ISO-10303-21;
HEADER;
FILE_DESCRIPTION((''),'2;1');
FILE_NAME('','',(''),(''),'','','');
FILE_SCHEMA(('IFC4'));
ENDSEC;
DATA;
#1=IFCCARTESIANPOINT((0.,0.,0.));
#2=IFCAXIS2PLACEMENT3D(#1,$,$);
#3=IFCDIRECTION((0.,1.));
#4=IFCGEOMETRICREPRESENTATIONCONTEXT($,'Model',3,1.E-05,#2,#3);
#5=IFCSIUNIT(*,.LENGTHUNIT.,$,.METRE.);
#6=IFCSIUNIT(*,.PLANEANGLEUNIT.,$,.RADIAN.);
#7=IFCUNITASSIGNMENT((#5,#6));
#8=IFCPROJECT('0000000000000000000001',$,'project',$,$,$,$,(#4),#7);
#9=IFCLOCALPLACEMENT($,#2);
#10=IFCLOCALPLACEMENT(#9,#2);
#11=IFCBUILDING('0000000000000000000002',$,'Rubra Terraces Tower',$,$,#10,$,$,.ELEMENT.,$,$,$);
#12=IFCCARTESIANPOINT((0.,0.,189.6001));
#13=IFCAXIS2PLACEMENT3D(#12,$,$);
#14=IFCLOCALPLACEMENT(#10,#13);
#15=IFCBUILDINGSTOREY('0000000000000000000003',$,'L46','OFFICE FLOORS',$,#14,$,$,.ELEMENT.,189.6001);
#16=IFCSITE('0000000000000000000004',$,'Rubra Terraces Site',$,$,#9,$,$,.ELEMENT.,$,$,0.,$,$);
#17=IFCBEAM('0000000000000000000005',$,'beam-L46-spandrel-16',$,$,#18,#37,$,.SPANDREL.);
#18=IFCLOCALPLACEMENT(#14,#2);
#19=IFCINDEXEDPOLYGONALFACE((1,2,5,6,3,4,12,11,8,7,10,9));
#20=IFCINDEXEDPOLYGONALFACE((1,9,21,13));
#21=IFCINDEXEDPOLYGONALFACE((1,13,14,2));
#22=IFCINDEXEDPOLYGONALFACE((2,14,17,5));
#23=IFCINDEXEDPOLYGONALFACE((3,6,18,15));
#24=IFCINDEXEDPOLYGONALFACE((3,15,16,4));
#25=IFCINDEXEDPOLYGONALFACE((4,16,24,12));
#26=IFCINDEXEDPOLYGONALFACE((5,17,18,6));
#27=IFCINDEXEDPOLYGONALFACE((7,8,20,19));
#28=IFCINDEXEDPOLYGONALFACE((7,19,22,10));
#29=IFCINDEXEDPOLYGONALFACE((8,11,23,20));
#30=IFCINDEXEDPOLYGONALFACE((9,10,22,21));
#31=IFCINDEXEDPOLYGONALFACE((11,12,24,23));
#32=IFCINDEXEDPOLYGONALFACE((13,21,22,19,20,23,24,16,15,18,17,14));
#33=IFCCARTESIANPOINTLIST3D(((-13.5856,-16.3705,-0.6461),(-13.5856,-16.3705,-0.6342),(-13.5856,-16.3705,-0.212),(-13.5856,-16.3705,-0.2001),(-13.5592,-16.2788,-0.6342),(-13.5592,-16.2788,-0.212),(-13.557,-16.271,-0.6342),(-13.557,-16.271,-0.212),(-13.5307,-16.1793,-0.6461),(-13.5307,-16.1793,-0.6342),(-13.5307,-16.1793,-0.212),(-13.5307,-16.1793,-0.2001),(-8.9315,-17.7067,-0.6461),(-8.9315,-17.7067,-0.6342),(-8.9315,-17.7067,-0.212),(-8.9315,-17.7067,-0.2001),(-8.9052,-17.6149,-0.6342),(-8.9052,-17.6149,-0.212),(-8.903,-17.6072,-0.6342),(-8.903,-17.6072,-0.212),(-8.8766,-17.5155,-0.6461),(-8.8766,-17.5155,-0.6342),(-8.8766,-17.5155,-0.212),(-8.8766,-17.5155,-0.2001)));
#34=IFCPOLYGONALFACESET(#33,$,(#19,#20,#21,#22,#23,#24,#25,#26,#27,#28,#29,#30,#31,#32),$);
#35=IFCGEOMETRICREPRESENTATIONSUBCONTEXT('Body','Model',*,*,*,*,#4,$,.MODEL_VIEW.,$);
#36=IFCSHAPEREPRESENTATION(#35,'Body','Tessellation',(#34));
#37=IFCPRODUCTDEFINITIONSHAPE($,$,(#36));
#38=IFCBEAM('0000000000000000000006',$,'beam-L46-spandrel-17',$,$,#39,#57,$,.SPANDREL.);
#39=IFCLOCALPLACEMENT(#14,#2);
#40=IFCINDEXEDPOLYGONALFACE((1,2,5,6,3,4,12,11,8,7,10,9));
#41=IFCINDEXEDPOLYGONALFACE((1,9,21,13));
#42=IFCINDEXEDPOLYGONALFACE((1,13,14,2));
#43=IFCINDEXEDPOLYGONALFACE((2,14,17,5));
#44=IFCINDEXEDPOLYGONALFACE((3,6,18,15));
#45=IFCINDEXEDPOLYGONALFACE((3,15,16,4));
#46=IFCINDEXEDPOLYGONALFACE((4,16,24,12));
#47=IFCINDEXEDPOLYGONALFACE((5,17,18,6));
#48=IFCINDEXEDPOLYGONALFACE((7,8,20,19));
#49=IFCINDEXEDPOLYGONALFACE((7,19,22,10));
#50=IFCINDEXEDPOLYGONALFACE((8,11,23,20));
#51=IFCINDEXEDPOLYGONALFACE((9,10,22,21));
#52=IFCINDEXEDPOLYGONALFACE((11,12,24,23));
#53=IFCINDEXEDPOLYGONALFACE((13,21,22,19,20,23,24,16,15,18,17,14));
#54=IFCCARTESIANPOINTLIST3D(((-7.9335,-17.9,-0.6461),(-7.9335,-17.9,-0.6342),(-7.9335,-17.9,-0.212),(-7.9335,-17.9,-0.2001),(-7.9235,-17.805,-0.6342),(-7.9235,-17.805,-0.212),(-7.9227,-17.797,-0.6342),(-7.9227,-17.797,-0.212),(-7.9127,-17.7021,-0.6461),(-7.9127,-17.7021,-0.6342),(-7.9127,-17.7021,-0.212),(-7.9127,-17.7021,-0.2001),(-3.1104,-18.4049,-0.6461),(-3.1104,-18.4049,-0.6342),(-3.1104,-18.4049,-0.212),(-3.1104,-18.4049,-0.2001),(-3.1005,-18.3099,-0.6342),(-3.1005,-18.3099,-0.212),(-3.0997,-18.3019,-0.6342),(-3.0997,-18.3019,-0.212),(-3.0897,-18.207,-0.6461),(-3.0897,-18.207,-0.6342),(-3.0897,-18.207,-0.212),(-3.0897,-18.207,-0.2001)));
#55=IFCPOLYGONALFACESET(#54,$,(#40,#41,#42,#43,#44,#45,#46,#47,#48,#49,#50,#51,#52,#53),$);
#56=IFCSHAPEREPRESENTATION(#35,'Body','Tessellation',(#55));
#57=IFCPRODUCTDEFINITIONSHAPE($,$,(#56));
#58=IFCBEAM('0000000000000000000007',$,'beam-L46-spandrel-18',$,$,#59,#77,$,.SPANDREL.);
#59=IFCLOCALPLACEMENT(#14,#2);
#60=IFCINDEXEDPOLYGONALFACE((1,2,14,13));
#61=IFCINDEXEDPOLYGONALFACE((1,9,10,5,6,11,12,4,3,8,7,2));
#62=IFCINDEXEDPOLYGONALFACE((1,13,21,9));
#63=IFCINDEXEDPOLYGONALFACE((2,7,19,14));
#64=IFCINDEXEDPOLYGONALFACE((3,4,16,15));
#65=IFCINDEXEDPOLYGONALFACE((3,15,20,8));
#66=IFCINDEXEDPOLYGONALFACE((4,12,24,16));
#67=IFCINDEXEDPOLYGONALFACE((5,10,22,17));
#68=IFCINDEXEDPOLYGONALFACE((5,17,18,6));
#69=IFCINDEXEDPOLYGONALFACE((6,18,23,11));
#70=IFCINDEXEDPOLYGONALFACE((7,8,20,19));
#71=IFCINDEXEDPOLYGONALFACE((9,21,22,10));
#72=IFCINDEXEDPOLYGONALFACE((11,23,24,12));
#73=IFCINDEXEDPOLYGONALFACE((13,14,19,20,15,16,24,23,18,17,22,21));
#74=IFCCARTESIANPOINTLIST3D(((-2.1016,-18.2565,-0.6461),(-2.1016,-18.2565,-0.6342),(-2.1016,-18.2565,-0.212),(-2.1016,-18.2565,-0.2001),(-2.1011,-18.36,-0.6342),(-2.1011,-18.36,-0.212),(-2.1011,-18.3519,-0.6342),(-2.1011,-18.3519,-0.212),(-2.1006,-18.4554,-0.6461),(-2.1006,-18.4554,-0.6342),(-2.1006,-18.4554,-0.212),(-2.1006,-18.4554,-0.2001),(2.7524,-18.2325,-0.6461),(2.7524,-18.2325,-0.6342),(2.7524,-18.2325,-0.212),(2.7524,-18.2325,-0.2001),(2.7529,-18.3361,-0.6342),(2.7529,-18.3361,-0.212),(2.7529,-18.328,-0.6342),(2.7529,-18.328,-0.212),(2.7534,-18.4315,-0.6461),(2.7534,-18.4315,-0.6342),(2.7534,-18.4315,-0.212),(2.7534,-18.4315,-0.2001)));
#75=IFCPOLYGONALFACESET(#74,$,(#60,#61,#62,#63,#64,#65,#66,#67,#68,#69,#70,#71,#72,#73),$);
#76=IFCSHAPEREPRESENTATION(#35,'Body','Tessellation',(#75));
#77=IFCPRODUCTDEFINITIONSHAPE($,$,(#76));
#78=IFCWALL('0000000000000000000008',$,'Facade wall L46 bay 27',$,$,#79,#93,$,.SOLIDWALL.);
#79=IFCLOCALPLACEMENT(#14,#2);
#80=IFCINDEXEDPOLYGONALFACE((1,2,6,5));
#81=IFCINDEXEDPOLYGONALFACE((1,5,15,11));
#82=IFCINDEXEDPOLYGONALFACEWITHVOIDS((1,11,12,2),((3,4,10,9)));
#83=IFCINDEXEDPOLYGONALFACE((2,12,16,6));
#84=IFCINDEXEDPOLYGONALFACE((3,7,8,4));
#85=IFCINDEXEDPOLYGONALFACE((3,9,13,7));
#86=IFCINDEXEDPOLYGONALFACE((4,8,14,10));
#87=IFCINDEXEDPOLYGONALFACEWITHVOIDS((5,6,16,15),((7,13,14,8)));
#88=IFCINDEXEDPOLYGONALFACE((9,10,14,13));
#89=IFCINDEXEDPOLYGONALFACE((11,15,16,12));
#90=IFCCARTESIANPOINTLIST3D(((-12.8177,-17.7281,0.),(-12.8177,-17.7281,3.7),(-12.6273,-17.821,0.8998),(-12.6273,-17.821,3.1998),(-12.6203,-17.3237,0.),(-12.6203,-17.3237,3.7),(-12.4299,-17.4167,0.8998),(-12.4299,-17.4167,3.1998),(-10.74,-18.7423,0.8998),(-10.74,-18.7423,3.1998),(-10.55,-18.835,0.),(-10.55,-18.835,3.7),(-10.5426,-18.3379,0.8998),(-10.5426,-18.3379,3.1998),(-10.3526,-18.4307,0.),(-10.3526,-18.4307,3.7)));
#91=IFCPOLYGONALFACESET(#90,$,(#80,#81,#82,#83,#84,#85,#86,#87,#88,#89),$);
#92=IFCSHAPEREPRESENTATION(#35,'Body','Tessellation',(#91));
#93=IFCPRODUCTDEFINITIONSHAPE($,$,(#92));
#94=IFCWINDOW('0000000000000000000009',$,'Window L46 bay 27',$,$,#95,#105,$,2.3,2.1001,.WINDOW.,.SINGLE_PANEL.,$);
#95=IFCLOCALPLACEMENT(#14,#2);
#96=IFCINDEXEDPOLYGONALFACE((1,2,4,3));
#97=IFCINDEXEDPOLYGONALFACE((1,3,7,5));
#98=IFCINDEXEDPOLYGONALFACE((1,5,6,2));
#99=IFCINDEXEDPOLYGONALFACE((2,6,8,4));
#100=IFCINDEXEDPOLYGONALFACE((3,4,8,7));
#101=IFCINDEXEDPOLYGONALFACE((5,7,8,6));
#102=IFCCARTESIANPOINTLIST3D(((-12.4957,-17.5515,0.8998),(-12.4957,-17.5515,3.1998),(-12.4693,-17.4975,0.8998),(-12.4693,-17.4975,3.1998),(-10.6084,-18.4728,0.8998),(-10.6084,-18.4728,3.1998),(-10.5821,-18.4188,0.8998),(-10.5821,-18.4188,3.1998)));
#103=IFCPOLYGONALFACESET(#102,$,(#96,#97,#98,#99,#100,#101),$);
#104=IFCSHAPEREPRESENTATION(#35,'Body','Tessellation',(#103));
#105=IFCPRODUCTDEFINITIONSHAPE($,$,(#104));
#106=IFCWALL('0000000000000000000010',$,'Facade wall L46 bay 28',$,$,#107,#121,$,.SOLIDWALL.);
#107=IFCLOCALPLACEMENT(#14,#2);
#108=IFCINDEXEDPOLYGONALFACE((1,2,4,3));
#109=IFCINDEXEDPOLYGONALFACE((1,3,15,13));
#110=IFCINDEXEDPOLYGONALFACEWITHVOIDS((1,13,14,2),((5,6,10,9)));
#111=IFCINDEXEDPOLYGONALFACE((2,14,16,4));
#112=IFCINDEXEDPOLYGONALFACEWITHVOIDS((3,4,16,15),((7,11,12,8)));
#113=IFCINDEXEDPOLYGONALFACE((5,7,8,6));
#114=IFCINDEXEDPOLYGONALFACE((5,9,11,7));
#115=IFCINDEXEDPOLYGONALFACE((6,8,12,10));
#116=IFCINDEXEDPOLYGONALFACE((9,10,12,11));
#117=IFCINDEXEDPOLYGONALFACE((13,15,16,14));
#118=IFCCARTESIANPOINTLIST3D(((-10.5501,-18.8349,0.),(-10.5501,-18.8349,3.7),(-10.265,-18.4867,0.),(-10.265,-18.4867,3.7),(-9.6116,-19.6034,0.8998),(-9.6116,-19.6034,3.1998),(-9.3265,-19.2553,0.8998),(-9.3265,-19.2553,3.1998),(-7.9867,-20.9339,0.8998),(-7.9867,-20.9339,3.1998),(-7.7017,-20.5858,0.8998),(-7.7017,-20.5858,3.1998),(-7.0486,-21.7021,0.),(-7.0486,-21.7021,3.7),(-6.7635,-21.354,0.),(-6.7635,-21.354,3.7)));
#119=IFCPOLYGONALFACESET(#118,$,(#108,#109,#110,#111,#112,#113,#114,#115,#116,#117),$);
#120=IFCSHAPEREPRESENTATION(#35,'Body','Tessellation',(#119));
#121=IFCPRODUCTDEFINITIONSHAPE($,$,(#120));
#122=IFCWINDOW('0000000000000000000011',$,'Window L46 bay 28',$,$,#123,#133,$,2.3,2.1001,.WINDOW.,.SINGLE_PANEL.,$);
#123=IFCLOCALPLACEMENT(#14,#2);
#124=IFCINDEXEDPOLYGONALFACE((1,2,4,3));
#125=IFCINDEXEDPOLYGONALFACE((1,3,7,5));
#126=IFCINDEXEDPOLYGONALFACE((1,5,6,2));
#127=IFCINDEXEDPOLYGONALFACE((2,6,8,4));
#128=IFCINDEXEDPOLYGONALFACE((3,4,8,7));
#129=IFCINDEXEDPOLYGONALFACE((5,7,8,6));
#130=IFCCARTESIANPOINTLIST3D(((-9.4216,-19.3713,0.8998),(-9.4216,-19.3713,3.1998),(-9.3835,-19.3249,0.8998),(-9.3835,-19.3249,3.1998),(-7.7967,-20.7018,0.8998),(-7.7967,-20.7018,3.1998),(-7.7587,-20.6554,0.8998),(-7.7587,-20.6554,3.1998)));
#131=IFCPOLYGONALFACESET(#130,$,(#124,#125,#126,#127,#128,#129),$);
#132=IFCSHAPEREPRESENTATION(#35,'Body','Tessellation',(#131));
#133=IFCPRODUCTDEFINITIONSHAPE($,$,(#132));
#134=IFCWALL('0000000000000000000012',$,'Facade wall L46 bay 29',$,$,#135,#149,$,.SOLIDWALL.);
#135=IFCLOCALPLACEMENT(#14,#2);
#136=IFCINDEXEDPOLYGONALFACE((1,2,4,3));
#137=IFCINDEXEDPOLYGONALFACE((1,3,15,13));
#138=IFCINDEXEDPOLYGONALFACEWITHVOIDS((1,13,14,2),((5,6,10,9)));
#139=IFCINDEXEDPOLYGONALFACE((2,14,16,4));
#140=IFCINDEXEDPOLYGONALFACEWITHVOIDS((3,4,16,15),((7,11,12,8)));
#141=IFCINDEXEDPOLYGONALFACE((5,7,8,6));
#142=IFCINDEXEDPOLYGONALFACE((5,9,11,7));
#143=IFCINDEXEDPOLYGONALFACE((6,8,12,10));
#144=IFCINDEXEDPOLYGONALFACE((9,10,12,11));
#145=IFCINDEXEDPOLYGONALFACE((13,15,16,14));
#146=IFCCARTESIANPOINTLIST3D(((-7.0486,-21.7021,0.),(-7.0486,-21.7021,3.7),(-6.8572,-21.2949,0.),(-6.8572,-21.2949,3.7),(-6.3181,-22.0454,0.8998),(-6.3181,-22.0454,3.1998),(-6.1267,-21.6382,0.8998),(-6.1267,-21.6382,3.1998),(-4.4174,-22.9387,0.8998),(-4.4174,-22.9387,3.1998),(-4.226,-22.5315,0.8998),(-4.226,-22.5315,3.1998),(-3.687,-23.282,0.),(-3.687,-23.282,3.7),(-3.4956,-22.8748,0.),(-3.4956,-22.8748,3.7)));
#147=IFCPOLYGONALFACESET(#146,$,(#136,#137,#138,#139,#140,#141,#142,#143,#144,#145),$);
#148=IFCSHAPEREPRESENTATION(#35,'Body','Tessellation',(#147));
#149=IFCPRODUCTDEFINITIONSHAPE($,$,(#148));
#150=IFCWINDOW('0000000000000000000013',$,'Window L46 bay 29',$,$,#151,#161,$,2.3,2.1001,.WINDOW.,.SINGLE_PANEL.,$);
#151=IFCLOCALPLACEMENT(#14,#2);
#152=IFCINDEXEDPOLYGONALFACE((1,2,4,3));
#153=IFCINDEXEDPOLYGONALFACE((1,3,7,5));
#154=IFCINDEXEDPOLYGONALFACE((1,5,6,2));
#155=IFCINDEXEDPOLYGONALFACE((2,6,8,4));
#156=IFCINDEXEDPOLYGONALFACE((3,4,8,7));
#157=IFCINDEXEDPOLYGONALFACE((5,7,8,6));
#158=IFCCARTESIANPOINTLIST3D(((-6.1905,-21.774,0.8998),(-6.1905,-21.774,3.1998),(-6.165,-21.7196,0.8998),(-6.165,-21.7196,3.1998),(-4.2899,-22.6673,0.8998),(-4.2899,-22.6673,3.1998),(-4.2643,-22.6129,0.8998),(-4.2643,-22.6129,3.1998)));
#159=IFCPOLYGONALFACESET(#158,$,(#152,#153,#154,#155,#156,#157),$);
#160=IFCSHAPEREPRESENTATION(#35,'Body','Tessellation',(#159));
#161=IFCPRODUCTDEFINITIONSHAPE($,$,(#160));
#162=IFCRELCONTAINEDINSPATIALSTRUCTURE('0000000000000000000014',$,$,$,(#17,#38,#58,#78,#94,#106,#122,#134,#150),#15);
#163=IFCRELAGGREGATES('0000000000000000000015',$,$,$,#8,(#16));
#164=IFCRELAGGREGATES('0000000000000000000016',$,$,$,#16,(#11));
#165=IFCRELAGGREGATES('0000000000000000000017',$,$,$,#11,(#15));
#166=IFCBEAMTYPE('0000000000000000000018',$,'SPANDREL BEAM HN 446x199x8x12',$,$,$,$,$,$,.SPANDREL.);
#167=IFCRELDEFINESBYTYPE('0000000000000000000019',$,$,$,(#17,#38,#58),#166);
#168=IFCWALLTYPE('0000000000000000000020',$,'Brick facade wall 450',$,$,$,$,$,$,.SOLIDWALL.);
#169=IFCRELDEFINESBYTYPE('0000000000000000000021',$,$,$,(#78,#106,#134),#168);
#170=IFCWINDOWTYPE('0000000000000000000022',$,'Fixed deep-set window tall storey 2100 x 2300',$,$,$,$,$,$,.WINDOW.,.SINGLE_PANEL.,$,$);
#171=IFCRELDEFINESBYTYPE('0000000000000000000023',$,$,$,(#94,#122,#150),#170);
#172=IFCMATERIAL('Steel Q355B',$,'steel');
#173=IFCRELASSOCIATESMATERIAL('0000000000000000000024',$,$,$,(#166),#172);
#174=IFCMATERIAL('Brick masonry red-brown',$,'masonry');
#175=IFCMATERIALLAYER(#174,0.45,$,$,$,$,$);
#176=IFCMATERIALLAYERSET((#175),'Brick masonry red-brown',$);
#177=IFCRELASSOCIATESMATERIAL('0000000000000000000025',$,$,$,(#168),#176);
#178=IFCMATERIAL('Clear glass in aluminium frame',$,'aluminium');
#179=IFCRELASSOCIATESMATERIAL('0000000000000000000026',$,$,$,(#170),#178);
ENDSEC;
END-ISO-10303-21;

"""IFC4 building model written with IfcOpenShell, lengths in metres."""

from ifc_helpers import new_model, si_unit, direction, frame, frame_2d, origin, origin_2d, place, context, subcontext, project, spatial, rectangle, i_section, extrude, material, layer, layer_set, material_profile, profile_set, type_object, element, fill, save


model = new_model("IFC4")

# Units and contexts
model_context = context("Model", 3, precision=1e-05, world=origin(), true_north=direction((0.0, 1.0)))
body_context = subcontext(model_context, "Body", "Model", "MODEL_VIEW")
ifc_project = project(units=[si_unit("LENGTHUNIT", "METRE"), si_unit("PLANEANGLEUNIT", "RADIAN")], contexts=[model_context])

# Site, building, storey
site_placement = place(None, origin())
site = spatial("IfcSite", under=ifc_project, at=site_placement, Name="Rubra Terraces Site", CompositionType="ELEMENT", RefElevation=0.0)
building_placement = place(site_placement, origin())
building = spatial("IfcBuilding", under=site, at=building_placement, Name="Rubra Terraces Tower", CompositionType="ELEMENT")
storey_placement = place(building_placement, frame((0.0, 0.0, 189.6001)))
storey = spatial("IfcBuildingStorey", under=building, at=storey_placement, Name="L46", Description="OFFICE FLOORS", CompositionType="ELEMENT", Elevation=189.6001)

# Beams
ifc_material_1 = material(Name="Steel Q355B", Category="steel")
ifc_material_profile_1 = material_profile(ifc_material_1, i_section(OverallWidth=0.199, OverallDepth=0.446, WebThickness=0.0081, FlangeThickness=0.012, at=origin_2d()), Name="HN 446x199x8x12")
ifc_profile_set_1 = profile_set([ifc_material_profile_1], Name="Steel Q355B")
beam_type_1 = type_object("IfcBeamType", Name="SPANDREL BEAM HN 446x199x8x12", PredefinedType="SPANDREL", material=ifc_profile_set_1)
beam_1_placement = place(storey_placement, frame((-13.5581, -16.2749, -0.4231), z_axis=(0.961171, -0.275953, 0.0), x_axis=(0.275953, 0.961171, 0.0)))
element("IfcBeam", 1, at=beam_1_placement, inside=storey, type_object=beam_type_1, Name="beam-L46-spandrel-16", PredefinedType="SPANDREL", context=body_context, shape_type="SweptSolid", body=[
    extrude(i_section(OverallWidth=0.199, OverallDepth=0.446, WebThickness=0.0081, FlangeThickness=0.012, at=origin_2d()), origin(), (0.0, 0.0, 1.0), 4.842),
])
beam_2_placement = place(storey_placement, frame((-7.9231, -17.801, -0.4231), z_axis=(0.994565, -0.104113, 0.0), x_axis=(0.104113, 0.994565, 0.0)))
element("IfcBeam", 2, at=beam_2_placement, inside=storey, type_object=beam_type_1, Name="beam-L46-spandrel-17", PredefinedType="SPANDREL", context=body_context, shape_type="SweptSolid", body=[
    extrude(i_section(OverallWidth=0.199, OverallDepth=0.446, WebThickness=0.0081, FlangeThickness=0.012, at=origin_2d()), origin(), (0.0, 0.0, 1.0), 4.8494),
])
beam_3_placement = place(storey_placement, frame((-2.1011, -18.356, -0.4231), z_axis=(0.999988, 0.004929, 0.0), x_axis=(-0.004929, 0.999988, 0.0)))
element("IfcBeam", 3, at=beam_3_placement, inside=storey, type_object=beam_type_1, Name="beam-L46-spandrel-18", PredefinedType="SPANDREL", context=body_context, shape_type="SweptSolid", body=[
    extrude(i_section(OverallWidth=0.199, OverallDepth=0.446, WebThickness=0.0081, FlangeThickness=0.012, at=origin_2d()), origin(), (0.0, 0.0, 1.0), 4.854),
])

# Walls, openings, windows
ifc_material_2 = material(Name="Brick masonry red-brown", Category="masonry")
ifc_layer_1 = layer(ifc_material_2, 0.45)
ifc_layer_set_1 = layer_set([ifc_layer_1], Name="Brick masonry red-brown")
wall_type_1 = type_object("IfcWallType", Name="Brick facade wall 450", PredefinedType="SOLIDWALL", material=ifc_layer_set_1)
wall_1_placement = place(storey_placement, frame((-12.719, -17.5259, 0.0), z_axis=(0.0, 0.0, 1.0), x_axis=(0.898644, -0.438679, 0.0)))
wall_1 = element("IfcWall", 4, at=wall_1_placement, inside=storey, type_object=wall_type_1, Name="Facade wall L46 bay 27", PredefinedType="SOLIDWALL", context=body_context, shape_type="SweptSolid", body=[
    extrude(rectangle(XDim=2.5234, YDim=0.45, at=frame_2d((1.2617, 0.0))), origin(), (0.0, 0.0, 1.0), 3.7),
])
opening_1_placement = place(wall_1_placement, frame((0.2119, 0.0, 0.8999)))
opening_1 = element("IfcOpeningElement", 5, at=opening_1_placement, cuts=wall_1, PredefinedType="OPENING", context=body_context, shape_type="SweptSolid", body=[
    extrude(rectangle(XDim=2.1001, YDim=2.3, at=frame_2d((1.05, 1.1499))), frame((0.0, 0.2349, 0.0), z_axis=(0.0, -1.0, 0.0), x_axis=(1.0, 0.0, 0.0)), (0.0, 0.0, 1.0), 0.47),
])
ifc_material_3 = material(Name="Clear glass in aluminium frame", Category="aluminium")
window_type = type_object("IfcWindowType", Name="Fixed deep-set window tall storey 2100 x 2300", PartitioningType="SINGLE_PANEL", PredefinedType="WINDOW", material=ifc_material_3)
window_1_placement = place(opening_1_placement, origin())
window_1 = element("IfcWindow", 6, at=window_1_placement, inside=storey, type_object=window_type, Name="Window L46 bay 27", OverallHeight=2.3, OverallWidth=2.1001, PartitioningType="SINGLE_PANEL", PredefinedType="WINDOW", context=body_context, shape_type="SweptSolid", body=[
    extrude(rectangle(XDim=2.1001, YDim=2.3, at=frame_2d((1.05, 1.1499))), frame((0.0, 0.135, 0.0), z_axis=(0.0, -1.0, 0.0), x_axis=(1.0, 0.0, 0.0)), (0.0, 0.0, 1.0), 0.0601),
])
fill(opening_1, window_1)
wall_2_placement = place(storey_placement, frame((-10.4075, -18.6609, 0.0), z_axis=(0.0, 0.0, 1.0), x_axis=(0.773702, -0.633549, 0.0)))
wall_2 = element("IfcWall", 7, at=wall_2_placement, inside=storey, type_object=wall_type_1, Name="Facade wall L46 bay 28", PredefinedType="SOLIDWALL", context=body_context, shape_type="SweptSolid", body=[
    extrude(rectangle(XDim=4.5256, YDim=0.45, at=frame_2d((2.2627, 0.0))), origin(), (0.0, 0.0, 1.0), 3.7),
])
opening_2_placement = place(wall_2_placement, frame((1.2129, 0.0, 0.8999)))
opening_2 = element("IfcOpeningElement", 8, at=opening_2_placement, cuts=wall_2, PredefinedType="OPENING", context=body_context, shape_type="SweptSolid", body=[
    extrude(rectangle(XDim=2.1001, YDim=2.3, at=frame_2d((1.05, 1.1499))), frame((0.0, 0.2349, 0.0), z_axis=(0.0, -1.0, 0.0), x_axis=(1.0, 0.0, 0.0)), (0.0, 0.0, 1.0), 0.47),
])
window_2_placement = place(opening_2_placement, origin())
window_2 = element("IfcWindow", 9, at=window_2_placement, inside=storey, type_object=window_type, Name="Window L46 bay 28", OverallHeight=2.3, OverallWidth=2.1001, PartitioningType="SINGLE_PANEL", PredefinedType="WINDOW", context=body_context, shape_type="SweptSolid", body=[
    extrude(rectangle(XDim=2.1001, YDim=2.3, at=frame_2d((1.05, 1.1499))), frame((0.0, 0.135, 0.0), z_axis=(0.0, -1.0, 0.0), x_axis=(1.0, 0.0, 0.0)), (0.0, 0.0, 1.0), 0.0601),
])
fill(opening_2, window_2)
wall_3_placement = place(storey_placement, frame((-6.9529, -21.4985, 0.0), z_axis=(0.0, 0.0, 1.0), x_axis=(0.905035, -0.425338, 0.0)))
wall_3 = element("IfcWall", 10, at=wall_3_placement, inside=storey, type_object=wall_type_1, Name="Facade wall L46 bay 29", PredefinedType="SOLIDWALL", context=body_context, shape_type="SweptSolid", body=[
    extrude(rectangle(XDim=3.7144, YDim=0.45, at=frame_2d((1.8572, 0.0))), origin(), (0.0, 0.0, 1.0), 3.7),
])
opening_3_placement = place(wall_3_placement, frame((0.8071, 0.0, 0.8999)))
opening_3 = element("IfcOpeningElement", 11, at=opening_3_placement, cuts=wall_3, PredefinedType="OPENING", context=body_context, shape_type="SweptSolid", body=[
    extrude(rectangle(XDim=2.1001, YDim=2.3, at=frame_2d((1.05, 1.1499))), frame((0.0, 0.2349, 0.0), z_axis=(0.0, -1.0, 0.0), x_axis=(1.0, 0.0, 0.0)), (0.0, 0.0, 1.0), 0.47),
])
window_3_placement = place(opening_3_placement, origin())
window_3 = element("IfcWindow", 12, at=window_3_placement, inside=storey, type_object=window_type, Name="Window L46 bay 29", OverallHeight=2.3, OverallWidth=2.1001, PartitioningType="SINGLE_PANEL", PredefinedType="WINDOW", context=body_context, shape_type="SweptSolid", body=[
    extrude(rectangle(XDim=2.1001, YDim=2.3, at=frame_2d((1.05, 1.1499))), frame((0.0, 0.135, 0.0), z_axis=(0.0, -1.0, 0.0), x_axis=(1.0, 0.0, 0.0)), (0.0, 0.0, 1.0), 0.0601),
])
fill(opening_3, window_3)

save(model, "model.ifc")
